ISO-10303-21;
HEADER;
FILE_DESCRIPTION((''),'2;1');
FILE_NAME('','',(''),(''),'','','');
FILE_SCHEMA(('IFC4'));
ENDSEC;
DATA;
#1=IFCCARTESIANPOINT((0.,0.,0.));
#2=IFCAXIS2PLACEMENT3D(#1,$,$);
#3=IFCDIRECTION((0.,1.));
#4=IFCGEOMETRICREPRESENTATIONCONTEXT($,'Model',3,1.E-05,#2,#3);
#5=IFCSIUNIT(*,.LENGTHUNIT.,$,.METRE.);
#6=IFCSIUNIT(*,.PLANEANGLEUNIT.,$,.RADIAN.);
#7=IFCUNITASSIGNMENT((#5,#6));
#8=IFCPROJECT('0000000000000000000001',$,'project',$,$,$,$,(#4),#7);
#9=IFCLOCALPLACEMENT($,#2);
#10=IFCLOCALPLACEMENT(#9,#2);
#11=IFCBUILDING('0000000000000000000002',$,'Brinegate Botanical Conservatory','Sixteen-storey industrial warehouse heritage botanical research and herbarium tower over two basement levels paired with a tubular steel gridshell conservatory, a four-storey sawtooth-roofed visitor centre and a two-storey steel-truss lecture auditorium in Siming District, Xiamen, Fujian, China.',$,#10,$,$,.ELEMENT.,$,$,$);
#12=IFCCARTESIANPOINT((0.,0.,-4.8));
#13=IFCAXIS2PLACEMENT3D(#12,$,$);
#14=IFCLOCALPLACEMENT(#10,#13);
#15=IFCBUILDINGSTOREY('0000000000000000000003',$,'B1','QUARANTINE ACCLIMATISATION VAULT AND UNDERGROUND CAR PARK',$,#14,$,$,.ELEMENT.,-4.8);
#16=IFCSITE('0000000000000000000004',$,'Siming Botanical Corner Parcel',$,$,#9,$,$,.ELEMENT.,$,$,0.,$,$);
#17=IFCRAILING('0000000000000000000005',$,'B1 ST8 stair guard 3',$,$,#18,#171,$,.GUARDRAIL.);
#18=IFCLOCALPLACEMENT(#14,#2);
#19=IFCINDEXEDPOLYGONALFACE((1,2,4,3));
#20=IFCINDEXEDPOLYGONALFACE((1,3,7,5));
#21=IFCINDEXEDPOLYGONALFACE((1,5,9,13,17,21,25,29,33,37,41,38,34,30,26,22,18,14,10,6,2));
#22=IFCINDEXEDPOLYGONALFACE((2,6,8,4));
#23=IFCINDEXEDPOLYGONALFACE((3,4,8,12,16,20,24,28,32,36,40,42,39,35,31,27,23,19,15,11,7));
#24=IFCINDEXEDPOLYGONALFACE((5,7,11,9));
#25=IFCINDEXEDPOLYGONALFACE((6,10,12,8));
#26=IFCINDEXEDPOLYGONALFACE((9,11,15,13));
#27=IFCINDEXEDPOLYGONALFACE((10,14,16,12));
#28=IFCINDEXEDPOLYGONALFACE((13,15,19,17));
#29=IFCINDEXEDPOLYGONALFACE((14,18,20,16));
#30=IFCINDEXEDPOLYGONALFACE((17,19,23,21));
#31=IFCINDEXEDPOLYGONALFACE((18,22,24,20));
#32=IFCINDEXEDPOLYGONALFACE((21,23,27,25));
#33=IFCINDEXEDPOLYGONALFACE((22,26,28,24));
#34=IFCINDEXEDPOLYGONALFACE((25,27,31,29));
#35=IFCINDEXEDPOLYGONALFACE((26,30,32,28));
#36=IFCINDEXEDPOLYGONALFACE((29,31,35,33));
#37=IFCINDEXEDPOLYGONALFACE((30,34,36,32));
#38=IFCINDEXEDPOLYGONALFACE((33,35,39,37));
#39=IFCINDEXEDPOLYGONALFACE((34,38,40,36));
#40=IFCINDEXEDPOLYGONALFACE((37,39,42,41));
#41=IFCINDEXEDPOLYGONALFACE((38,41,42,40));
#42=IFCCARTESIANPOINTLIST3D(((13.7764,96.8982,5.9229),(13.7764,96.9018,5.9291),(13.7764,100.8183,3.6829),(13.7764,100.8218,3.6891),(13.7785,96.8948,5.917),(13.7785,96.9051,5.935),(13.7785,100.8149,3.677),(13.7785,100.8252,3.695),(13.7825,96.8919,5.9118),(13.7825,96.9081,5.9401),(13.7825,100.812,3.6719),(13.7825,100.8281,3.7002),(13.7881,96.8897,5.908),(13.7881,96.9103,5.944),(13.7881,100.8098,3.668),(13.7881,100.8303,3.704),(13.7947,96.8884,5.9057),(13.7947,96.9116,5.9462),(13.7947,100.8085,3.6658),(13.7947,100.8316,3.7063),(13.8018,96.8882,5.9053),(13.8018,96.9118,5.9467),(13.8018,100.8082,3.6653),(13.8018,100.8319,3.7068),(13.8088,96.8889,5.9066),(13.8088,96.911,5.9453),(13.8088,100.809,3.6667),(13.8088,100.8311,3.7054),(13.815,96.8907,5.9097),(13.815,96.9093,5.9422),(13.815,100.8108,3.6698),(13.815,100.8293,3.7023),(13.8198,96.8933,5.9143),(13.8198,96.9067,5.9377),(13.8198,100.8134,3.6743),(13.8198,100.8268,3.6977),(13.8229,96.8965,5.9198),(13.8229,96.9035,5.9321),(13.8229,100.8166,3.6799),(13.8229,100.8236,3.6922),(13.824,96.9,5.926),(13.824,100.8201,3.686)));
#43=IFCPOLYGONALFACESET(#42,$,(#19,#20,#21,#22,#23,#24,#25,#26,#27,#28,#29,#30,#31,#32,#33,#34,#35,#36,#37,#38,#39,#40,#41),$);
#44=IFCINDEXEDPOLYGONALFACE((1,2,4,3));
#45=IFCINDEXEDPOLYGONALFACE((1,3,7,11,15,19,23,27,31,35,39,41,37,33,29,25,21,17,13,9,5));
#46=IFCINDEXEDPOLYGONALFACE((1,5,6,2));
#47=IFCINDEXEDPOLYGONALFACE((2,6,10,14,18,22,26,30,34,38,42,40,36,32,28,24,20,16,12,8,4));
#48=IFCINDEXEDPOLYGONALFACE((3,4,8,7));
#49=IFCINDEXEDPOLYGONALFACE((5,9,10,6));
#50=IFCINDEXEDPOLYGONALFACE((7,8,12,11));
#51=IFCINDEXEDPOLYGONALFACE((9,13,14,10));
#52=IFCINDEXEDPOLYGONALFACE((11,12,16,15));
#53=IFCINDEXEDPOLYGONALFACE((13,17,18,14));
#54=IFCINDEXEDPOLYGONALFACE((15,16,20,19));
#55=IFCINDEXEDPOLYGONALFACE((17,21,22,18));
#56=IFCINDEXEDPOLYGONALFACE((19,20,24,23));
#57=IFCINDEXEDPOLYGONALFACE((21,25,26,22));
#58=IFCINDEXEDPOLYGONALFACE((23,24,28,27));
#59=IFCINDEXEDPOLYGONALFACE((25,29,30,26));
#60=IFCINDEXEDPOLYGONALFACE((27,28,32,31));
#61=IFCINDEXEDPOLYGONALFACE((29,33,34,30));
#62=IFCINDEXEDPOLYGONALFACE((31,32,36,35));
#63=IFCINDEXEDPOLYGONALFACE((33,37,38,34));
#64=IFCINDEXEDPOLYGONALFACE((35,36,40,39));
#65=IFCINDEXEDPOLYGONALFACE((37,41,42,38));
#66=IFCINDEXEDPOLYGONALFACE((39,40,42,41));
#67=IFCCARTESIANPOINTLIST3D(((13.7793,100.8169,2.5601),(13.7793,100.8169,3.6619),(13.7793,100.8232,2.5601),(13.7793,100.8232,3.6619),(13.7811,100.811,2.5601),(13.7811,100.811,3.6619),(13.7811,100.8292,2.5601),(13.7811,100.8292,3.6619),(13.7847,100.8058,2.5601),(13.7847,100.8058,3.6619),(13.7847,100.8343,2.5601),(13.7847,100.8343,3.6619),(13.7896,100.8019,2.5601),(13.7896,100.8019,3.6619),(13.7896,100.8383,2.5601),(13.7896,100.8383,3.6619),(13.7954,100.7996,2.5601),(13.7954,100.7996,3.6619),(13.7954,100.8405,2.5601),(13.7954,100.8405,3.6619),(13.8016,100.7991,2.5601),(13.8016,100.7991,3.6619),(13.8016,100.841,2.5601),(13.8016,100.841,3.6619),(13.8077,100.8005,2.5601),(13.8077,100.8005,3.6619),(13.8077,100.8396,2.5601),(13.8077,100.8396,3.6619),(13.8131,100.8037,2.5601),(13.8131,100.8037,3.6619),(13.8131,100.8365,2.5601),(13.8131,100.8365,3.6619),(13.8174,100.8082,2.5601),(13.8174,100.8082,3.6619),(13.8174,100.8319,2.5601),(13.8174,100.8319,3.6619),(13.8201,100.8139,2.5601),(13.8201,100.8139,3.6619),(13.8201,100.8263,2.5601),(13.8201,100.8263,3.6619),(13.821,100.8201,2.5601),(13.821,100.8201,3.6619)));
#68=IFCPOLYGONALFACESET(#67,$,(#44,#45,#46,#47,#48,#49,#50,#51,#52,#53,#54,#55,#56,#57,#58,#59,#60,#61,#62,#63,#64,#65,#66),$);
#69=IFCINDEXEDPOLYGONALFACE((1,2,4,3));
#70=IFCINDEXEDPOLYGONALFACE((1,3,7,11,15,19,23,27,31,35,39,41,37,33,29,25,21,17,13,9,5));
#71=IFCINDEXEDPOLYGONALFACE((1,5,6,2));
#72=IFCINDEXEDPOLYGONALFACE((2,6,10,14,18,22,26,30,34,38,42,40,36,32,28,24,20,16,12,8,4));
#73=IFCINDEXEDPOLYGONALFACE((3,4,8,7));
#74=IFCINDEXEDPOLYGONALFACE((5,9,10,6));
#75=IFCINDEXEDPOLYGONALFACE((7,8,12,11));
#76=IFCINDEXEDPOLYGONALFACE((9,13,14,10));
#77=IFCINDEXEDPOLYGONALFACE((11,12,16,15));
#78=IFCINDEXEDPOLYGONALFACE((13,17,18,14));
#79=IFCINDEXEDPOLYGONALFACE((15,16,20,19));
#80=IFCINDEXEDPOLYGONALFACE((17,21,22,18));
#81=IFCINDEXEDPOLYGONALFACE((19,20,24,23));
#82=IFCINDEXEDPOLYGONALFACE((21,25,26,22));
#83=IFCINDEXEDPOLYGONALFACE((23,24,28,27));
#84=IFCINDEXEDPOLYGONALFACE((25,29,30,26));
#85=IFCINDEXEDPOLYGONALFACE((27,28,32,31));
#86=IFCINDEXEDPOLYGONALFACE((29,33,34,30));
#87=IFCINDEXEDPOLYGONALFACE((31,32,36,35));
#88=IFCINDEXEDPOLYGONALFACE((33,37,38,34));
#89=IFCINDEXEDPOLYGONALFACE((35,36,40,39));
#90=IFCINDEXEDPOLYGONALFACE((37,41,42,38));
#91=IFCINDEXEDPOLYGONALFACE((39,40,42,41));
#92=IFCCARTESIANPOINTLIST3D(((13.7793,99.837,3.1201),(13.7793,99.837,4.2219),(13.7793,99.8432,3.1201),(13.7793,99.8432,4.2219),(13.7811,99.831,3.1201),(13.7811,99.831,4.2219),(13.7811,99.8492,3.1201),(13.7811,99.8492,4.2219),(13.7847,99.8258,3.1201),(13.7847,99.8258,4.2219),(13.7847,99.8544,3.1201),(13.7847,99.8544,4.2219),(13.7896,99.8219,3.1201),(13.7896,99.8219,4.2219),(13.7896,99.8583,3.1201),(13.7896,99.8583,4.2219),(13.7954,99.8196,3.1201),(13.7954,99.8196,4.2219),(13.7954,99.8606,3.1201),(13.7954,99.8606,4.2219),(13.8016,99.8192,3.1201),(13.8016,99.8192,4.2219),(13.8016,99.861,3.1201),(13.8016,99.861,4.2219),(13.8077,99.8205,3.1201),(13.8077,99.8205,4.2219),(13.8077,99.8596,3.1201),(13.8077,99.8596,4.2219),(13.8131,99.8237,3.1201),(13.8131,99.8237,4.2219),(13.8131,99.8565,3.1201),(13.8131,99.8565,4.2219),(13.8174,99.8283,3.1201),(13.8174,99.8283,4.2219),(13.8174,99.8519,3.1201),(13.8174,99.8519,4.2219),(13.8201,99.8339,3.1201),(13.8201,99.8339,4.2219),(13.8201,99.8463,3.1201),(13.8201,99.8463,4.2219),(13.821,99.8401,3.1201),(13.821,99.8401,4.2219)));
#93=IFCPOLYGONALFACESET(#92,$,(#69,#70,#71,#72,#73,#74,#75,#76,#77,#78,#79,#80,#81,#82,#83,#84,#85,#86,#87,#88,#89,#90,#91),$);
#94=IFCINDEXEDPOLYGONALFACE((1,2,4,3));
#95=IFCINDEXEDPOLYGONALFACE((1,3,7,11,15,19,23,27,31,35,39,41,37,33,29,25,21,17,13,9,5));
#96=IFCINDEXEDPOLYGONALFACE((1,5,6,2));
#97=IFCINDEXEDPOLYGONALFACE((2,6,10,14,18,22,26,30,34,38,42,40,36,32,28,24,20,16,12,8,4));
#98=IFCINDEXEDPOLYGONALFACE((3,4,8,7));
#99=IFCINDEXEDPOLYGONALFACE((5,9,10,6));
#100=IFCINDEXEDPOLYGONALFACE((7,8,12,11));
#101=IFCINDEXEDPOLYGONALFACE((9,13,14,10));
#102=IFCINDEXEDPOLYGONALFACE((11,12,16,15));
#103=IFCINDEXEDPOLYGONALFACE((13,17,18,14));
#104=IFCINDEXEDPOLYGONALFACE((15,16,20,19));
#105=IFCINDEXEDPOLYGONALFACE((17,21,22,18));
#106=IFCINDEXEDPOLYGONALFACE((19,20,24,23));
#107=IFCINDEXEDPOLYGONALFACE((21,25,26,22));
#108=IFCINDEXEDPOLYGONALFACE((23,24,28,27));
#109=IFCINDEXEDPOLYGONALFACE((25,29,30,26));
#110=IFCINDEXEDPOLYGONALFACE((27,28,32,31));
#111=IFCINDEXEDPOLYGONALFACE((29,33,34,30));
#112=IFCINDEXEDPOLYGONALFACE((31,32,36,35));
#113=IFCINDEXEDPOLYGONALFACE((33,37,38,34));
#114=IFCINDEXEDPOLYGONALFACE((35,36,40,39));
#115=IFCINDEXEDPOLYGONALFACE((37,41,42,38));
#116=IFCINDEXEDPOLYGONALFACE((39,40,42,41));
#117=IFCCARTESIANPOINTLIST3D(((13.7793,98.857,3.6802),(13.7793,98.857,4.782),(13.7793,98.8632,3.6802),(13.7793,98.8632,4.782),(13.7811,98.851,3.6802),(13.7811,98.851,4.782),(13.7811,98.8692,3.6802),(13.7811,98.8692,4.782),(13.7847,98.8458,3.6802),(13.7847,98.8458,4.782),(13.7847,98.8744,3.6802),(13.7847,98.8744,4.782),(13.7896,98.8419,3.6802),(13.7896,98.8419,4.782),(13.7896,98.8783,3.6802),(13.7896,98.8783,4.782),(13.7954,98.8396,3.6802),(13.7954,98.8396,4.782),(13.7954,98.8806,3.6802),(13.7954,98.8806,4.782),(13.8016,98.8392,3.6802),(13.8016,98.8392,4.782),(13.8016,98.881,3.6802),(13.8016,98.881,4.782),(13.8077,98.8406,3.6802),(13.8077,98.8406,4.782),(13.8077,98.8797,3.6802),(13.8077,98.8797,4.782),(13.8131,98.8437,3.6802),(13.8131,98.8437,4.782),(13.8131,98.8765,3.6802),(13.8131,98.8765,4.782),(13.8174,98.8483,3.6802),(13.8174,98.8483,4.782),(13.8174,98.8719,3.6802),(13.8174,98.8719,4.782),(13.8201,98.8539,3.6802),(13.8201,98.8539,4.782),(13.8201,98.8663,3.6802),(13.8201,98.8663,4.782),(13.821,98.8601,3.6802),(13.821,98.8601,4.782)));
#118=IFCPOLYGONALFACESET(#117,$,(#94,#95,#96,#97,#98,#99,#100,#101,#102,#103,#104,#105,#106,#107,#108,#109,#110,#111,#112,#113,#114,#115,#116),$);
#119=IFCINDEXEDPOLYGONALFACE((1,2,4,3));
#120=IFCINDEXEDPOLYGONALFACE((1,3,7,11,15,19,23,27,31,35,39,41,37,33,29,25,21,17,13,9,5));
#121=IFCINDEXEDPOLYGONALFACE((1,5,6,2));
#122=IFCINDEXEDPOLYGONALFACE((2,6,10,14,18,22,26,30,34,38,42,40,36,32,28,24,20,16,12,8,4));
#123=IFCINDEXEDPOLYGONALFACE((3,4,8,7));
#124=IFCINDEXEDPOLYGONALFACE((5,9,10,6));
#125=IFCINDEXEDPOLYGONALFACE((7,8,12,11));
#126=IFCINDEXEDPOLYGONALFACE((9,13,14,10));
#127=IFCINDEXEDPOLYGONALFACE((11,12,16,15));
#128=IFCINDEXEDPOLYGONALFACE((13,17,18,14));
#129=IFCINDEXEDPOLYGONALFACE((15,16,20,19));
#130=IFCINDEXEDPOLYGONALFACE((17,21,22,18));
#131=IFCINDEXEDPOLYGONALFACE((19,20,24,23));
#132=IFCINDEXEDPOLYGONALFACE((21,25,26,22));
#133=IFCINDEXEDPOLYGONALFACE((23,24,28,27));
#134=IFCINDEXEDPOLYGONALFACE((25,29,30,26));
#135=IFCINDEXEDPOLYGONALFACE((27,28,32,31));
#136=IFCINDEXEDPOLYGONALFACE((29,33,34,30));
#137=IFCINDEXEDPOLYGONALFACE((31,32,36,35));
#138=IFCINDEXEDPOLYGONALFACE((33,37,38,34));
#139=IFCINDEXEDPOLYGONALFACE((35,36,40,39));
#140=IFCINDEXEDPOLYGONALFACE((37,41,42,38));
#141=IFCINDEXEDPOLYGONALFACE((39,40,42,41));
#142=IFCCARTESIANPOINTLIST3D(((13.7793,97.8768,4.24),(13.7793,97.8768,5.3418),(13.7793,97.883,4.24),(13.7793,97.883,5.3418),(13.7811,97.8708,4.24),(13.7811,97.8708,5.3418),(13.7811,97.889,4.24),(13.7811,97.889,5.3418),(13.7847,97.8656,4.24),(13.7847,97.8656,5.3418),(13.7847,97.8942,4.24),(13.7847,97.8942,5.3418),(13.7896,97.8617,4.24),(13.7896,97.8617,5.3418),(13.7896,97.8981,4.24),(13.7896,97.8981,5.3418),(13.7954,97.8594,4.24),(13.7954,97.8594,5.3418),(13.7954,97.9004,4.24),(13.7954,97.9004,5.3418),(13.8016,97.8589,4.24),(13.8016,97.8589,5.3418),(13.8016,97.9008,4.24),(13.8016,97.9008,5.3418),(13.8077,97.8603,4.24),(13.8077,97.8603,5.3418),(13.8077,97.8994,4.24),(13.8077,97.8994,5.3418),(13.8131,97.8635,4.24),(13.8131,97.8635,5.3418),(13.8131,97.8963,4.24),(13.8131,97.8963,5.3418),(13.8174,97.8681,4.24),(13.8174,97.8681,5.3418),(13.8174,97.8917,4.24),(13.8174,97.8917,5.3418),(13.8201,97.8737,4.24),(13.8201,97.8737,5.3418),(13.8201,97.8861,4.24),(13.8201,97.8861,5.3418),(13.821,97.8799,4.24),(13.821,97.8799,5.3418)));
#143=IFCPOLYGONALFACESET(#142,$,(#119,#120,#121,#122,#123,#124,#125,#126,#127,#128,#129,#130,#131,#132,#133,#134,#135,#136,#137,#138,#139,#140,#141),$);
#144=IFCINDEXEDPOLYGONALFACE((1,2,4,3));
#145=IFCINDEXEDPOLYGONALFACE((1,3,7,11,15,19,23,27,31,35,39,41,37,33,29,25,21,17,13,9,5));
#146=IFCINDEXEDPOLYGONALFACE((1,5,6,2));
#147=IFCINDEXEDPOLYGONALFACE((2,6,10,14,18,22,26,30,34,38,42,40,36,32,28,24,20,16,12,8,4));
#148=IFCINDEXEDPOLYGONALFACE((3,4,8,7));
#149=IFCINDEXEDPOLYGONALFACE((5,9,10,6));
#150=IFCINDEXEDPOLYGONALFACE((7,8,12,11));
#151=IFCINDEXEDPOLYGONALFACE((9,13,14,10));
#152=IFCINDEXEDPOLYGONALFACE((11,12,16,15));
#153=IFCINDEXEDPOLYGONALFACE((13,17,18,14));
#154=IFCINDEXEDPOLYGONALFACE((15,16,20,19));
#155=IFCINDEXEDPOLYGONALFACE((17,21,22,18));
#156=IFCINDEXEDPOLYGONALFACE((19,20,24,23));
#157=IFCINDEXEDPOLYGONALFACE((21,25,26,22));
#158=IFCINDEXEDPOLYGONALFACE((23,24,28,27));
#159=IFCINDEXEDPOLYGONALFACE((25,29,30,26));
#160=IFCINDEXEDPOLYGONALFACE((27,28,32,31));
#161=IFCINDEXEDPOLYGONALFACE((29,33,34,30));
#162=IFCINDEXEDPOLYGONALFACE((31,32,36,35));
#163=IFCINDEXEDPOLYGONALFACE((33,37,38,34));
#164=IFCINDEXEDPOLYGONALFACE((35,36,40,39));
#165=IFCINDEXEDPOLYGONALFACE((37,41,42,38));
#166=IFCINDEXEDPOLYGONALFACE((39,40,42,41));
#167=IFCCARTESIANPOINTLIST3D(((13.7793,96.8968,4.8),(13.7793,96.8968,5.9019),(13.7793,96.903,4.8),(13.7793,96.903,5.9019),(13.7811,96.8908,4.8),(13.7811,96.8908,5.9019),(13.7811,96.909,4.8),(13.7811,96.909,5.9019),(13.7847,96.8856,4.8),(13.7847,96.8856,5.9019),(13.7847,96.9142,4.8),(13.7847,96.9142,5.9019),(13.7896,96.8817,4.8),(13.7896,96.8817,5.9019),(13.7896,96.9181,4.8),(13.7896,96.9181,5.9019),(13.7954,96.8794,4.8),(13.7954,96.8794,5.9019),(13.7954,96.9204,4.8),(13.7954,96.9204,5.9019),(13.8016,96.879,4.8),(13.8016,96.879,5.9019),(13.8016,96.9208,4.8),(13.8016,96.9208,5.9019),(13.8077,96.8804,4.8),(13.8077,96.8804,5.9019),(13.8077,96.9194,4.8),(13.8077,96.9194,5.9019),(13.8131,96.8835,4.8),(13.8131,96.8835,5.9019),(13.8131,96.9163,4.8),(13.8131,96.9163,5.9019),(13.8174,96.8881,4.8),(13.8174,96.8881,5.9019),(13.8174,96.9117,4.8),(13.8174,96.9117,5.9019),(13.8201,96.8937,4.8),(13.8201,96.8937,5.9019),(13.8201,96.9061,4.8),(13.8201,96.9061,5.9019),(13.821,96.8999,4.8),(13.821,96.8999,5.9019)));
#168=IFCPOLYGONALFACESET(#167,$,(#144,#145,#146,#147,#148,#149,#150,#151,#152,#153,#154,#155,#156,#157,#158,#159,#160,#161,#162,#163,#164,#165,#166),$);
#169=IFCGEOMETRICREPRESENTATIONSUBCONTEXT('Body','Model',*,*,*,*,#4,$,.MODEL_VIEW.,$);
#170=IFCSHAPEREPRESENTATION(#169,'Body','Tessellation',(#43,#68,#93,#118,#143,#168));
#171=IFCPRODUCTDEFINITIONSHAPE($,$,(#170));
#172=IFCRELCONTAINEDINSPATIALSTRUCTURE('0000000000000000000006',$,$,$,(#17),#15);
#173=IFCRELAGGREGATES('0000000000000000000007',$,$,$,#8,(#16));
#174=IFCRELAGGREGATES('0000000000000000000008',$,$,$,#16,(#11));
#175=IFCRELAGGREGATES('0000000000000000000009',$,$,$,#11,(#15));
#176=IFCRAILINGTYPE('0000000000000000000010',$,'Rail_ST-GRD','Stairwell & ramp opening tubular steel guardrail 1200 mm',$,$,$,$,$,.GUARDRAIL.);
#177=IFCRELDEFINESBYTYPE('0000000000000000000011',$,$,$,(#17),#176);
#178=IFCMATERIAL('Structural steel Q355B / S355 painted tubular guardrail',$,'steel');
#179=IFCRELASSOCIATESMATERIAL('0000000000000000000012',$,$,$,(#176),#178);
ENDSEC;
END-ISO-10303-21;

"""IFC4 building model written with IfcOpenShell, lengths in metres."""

from ifc_helpers import new_model, si_unit, direction, frame, origin, origin_2d, place, context, subcontext, project, spatial, circle, extrude, material, type_object, element, save


model = new_model("IFC4")

# Units and contexts
model_context = context("Model", 3, precision=1e-05, world=origin(), true_north=direction((0.0, 1.0)))
body_context = subcontext(model_context, "Body", "Model", "MODEL_VIEW")
ifc_project = project(units=[si_unit("LENGTHUNIT", "METRE"), si_unit("PLANEANGLEUNIT", "RADIAN")], contexts=[model_context])

# Site, building, storey
site_placement = place(None, origin())
site = spatial("IfcSite", under=ifc_project, at=site_placement, Name="Siming Botanical Corner Parcel", CompositionType="ELEMENT", RefElevation=0.0)
building_placement = place(site_placement, origin())
building = spatial("IfcBuilding", under=site, at=building_placement, Name="Brinegate Botanical Conservatory", Description="Sixteen-storey industrial warehouse heritage botanical research and herbarium tower over two basement levels paired with a tubular steel gridshell conservatory, a four-storey sawtooth-roofed visitor centre and a two-storey steel-truss lecture auditorium in Siming District, Xiamen, Fujian, China.", CompositionType="ELEMENT")
storey_placement = place(building_placement, frame((0.0, 0.0, -4.8)))
storey = spatial("IfcBuildingStorey", under=building, at=storey_placement, Name="B1", Description="QUARANTINE ACCLIMATISATION VAULT AND UNDERGROUND CAR PARK", CompositionType="ELEMENT", Elevation=-4.8)

# Railing
ifc_material_1 = material(Name="Structural steel Q355B / S355 painted tubular guardrail", Category="steel")
railing_type_1 = type_object("IfcRailingType", Name="Rail_ST-GRD", Description="Stairwell & ramp opening tubular steel guardrail 1200 mm", PredefinedType="GUARDRAIL", material=ifc_material_1)
railing_1_placement = place(storey_placement, frame((13.8, 100.8201, 2.5601)))
element("IfcRailing", 1, at=railing_1_placement, inside=storey, type_object=railing_type_1, Name="B1 ST8 stair guard 3", PredefinedType="GUARDRAIL", context=body_context, shape_type="SweptSolid", body=[
    extrude(circle(Radius=0.0239, at=origin_2d()), frame((0.0, 0.0, 1.126), z_axis=(0.0, -0.868253, 0.496121), x_axis=(1.0, 0.0, 0.0)), (0.0, 0.0, 1.0), 4.5149),
    extrude(circle(Radius=0.021, at=origin_2d()), origin(), (0.0, 0.0, 1.0), 1.1018),
    extrude(circle(Radius=0.021, at=origin_2d()), frame((0.0, -0.98, 0.5601)), (0.0, 0.0, 1.0), 1.1018),
    extrude(circle(Radius=0.021, at=origin_2d()), frame((0.0, -1.96, 1.1201)), (0.0, 0.0, 1.0), 1.1018),
    extrude(circle(Radius=0.021, at=origin_2d()), frame((0.0, -2.9402, 1.6799)), (0.0, 0.0, 1.0), 1.1018),
    extrude(circle(Radius=0.021, at=origin_2d()), frame((0.0, -3.9202, 2.24)), (0.0, 0.0, 1.0), 1.1018),
])

save(model, "model.ifc")
